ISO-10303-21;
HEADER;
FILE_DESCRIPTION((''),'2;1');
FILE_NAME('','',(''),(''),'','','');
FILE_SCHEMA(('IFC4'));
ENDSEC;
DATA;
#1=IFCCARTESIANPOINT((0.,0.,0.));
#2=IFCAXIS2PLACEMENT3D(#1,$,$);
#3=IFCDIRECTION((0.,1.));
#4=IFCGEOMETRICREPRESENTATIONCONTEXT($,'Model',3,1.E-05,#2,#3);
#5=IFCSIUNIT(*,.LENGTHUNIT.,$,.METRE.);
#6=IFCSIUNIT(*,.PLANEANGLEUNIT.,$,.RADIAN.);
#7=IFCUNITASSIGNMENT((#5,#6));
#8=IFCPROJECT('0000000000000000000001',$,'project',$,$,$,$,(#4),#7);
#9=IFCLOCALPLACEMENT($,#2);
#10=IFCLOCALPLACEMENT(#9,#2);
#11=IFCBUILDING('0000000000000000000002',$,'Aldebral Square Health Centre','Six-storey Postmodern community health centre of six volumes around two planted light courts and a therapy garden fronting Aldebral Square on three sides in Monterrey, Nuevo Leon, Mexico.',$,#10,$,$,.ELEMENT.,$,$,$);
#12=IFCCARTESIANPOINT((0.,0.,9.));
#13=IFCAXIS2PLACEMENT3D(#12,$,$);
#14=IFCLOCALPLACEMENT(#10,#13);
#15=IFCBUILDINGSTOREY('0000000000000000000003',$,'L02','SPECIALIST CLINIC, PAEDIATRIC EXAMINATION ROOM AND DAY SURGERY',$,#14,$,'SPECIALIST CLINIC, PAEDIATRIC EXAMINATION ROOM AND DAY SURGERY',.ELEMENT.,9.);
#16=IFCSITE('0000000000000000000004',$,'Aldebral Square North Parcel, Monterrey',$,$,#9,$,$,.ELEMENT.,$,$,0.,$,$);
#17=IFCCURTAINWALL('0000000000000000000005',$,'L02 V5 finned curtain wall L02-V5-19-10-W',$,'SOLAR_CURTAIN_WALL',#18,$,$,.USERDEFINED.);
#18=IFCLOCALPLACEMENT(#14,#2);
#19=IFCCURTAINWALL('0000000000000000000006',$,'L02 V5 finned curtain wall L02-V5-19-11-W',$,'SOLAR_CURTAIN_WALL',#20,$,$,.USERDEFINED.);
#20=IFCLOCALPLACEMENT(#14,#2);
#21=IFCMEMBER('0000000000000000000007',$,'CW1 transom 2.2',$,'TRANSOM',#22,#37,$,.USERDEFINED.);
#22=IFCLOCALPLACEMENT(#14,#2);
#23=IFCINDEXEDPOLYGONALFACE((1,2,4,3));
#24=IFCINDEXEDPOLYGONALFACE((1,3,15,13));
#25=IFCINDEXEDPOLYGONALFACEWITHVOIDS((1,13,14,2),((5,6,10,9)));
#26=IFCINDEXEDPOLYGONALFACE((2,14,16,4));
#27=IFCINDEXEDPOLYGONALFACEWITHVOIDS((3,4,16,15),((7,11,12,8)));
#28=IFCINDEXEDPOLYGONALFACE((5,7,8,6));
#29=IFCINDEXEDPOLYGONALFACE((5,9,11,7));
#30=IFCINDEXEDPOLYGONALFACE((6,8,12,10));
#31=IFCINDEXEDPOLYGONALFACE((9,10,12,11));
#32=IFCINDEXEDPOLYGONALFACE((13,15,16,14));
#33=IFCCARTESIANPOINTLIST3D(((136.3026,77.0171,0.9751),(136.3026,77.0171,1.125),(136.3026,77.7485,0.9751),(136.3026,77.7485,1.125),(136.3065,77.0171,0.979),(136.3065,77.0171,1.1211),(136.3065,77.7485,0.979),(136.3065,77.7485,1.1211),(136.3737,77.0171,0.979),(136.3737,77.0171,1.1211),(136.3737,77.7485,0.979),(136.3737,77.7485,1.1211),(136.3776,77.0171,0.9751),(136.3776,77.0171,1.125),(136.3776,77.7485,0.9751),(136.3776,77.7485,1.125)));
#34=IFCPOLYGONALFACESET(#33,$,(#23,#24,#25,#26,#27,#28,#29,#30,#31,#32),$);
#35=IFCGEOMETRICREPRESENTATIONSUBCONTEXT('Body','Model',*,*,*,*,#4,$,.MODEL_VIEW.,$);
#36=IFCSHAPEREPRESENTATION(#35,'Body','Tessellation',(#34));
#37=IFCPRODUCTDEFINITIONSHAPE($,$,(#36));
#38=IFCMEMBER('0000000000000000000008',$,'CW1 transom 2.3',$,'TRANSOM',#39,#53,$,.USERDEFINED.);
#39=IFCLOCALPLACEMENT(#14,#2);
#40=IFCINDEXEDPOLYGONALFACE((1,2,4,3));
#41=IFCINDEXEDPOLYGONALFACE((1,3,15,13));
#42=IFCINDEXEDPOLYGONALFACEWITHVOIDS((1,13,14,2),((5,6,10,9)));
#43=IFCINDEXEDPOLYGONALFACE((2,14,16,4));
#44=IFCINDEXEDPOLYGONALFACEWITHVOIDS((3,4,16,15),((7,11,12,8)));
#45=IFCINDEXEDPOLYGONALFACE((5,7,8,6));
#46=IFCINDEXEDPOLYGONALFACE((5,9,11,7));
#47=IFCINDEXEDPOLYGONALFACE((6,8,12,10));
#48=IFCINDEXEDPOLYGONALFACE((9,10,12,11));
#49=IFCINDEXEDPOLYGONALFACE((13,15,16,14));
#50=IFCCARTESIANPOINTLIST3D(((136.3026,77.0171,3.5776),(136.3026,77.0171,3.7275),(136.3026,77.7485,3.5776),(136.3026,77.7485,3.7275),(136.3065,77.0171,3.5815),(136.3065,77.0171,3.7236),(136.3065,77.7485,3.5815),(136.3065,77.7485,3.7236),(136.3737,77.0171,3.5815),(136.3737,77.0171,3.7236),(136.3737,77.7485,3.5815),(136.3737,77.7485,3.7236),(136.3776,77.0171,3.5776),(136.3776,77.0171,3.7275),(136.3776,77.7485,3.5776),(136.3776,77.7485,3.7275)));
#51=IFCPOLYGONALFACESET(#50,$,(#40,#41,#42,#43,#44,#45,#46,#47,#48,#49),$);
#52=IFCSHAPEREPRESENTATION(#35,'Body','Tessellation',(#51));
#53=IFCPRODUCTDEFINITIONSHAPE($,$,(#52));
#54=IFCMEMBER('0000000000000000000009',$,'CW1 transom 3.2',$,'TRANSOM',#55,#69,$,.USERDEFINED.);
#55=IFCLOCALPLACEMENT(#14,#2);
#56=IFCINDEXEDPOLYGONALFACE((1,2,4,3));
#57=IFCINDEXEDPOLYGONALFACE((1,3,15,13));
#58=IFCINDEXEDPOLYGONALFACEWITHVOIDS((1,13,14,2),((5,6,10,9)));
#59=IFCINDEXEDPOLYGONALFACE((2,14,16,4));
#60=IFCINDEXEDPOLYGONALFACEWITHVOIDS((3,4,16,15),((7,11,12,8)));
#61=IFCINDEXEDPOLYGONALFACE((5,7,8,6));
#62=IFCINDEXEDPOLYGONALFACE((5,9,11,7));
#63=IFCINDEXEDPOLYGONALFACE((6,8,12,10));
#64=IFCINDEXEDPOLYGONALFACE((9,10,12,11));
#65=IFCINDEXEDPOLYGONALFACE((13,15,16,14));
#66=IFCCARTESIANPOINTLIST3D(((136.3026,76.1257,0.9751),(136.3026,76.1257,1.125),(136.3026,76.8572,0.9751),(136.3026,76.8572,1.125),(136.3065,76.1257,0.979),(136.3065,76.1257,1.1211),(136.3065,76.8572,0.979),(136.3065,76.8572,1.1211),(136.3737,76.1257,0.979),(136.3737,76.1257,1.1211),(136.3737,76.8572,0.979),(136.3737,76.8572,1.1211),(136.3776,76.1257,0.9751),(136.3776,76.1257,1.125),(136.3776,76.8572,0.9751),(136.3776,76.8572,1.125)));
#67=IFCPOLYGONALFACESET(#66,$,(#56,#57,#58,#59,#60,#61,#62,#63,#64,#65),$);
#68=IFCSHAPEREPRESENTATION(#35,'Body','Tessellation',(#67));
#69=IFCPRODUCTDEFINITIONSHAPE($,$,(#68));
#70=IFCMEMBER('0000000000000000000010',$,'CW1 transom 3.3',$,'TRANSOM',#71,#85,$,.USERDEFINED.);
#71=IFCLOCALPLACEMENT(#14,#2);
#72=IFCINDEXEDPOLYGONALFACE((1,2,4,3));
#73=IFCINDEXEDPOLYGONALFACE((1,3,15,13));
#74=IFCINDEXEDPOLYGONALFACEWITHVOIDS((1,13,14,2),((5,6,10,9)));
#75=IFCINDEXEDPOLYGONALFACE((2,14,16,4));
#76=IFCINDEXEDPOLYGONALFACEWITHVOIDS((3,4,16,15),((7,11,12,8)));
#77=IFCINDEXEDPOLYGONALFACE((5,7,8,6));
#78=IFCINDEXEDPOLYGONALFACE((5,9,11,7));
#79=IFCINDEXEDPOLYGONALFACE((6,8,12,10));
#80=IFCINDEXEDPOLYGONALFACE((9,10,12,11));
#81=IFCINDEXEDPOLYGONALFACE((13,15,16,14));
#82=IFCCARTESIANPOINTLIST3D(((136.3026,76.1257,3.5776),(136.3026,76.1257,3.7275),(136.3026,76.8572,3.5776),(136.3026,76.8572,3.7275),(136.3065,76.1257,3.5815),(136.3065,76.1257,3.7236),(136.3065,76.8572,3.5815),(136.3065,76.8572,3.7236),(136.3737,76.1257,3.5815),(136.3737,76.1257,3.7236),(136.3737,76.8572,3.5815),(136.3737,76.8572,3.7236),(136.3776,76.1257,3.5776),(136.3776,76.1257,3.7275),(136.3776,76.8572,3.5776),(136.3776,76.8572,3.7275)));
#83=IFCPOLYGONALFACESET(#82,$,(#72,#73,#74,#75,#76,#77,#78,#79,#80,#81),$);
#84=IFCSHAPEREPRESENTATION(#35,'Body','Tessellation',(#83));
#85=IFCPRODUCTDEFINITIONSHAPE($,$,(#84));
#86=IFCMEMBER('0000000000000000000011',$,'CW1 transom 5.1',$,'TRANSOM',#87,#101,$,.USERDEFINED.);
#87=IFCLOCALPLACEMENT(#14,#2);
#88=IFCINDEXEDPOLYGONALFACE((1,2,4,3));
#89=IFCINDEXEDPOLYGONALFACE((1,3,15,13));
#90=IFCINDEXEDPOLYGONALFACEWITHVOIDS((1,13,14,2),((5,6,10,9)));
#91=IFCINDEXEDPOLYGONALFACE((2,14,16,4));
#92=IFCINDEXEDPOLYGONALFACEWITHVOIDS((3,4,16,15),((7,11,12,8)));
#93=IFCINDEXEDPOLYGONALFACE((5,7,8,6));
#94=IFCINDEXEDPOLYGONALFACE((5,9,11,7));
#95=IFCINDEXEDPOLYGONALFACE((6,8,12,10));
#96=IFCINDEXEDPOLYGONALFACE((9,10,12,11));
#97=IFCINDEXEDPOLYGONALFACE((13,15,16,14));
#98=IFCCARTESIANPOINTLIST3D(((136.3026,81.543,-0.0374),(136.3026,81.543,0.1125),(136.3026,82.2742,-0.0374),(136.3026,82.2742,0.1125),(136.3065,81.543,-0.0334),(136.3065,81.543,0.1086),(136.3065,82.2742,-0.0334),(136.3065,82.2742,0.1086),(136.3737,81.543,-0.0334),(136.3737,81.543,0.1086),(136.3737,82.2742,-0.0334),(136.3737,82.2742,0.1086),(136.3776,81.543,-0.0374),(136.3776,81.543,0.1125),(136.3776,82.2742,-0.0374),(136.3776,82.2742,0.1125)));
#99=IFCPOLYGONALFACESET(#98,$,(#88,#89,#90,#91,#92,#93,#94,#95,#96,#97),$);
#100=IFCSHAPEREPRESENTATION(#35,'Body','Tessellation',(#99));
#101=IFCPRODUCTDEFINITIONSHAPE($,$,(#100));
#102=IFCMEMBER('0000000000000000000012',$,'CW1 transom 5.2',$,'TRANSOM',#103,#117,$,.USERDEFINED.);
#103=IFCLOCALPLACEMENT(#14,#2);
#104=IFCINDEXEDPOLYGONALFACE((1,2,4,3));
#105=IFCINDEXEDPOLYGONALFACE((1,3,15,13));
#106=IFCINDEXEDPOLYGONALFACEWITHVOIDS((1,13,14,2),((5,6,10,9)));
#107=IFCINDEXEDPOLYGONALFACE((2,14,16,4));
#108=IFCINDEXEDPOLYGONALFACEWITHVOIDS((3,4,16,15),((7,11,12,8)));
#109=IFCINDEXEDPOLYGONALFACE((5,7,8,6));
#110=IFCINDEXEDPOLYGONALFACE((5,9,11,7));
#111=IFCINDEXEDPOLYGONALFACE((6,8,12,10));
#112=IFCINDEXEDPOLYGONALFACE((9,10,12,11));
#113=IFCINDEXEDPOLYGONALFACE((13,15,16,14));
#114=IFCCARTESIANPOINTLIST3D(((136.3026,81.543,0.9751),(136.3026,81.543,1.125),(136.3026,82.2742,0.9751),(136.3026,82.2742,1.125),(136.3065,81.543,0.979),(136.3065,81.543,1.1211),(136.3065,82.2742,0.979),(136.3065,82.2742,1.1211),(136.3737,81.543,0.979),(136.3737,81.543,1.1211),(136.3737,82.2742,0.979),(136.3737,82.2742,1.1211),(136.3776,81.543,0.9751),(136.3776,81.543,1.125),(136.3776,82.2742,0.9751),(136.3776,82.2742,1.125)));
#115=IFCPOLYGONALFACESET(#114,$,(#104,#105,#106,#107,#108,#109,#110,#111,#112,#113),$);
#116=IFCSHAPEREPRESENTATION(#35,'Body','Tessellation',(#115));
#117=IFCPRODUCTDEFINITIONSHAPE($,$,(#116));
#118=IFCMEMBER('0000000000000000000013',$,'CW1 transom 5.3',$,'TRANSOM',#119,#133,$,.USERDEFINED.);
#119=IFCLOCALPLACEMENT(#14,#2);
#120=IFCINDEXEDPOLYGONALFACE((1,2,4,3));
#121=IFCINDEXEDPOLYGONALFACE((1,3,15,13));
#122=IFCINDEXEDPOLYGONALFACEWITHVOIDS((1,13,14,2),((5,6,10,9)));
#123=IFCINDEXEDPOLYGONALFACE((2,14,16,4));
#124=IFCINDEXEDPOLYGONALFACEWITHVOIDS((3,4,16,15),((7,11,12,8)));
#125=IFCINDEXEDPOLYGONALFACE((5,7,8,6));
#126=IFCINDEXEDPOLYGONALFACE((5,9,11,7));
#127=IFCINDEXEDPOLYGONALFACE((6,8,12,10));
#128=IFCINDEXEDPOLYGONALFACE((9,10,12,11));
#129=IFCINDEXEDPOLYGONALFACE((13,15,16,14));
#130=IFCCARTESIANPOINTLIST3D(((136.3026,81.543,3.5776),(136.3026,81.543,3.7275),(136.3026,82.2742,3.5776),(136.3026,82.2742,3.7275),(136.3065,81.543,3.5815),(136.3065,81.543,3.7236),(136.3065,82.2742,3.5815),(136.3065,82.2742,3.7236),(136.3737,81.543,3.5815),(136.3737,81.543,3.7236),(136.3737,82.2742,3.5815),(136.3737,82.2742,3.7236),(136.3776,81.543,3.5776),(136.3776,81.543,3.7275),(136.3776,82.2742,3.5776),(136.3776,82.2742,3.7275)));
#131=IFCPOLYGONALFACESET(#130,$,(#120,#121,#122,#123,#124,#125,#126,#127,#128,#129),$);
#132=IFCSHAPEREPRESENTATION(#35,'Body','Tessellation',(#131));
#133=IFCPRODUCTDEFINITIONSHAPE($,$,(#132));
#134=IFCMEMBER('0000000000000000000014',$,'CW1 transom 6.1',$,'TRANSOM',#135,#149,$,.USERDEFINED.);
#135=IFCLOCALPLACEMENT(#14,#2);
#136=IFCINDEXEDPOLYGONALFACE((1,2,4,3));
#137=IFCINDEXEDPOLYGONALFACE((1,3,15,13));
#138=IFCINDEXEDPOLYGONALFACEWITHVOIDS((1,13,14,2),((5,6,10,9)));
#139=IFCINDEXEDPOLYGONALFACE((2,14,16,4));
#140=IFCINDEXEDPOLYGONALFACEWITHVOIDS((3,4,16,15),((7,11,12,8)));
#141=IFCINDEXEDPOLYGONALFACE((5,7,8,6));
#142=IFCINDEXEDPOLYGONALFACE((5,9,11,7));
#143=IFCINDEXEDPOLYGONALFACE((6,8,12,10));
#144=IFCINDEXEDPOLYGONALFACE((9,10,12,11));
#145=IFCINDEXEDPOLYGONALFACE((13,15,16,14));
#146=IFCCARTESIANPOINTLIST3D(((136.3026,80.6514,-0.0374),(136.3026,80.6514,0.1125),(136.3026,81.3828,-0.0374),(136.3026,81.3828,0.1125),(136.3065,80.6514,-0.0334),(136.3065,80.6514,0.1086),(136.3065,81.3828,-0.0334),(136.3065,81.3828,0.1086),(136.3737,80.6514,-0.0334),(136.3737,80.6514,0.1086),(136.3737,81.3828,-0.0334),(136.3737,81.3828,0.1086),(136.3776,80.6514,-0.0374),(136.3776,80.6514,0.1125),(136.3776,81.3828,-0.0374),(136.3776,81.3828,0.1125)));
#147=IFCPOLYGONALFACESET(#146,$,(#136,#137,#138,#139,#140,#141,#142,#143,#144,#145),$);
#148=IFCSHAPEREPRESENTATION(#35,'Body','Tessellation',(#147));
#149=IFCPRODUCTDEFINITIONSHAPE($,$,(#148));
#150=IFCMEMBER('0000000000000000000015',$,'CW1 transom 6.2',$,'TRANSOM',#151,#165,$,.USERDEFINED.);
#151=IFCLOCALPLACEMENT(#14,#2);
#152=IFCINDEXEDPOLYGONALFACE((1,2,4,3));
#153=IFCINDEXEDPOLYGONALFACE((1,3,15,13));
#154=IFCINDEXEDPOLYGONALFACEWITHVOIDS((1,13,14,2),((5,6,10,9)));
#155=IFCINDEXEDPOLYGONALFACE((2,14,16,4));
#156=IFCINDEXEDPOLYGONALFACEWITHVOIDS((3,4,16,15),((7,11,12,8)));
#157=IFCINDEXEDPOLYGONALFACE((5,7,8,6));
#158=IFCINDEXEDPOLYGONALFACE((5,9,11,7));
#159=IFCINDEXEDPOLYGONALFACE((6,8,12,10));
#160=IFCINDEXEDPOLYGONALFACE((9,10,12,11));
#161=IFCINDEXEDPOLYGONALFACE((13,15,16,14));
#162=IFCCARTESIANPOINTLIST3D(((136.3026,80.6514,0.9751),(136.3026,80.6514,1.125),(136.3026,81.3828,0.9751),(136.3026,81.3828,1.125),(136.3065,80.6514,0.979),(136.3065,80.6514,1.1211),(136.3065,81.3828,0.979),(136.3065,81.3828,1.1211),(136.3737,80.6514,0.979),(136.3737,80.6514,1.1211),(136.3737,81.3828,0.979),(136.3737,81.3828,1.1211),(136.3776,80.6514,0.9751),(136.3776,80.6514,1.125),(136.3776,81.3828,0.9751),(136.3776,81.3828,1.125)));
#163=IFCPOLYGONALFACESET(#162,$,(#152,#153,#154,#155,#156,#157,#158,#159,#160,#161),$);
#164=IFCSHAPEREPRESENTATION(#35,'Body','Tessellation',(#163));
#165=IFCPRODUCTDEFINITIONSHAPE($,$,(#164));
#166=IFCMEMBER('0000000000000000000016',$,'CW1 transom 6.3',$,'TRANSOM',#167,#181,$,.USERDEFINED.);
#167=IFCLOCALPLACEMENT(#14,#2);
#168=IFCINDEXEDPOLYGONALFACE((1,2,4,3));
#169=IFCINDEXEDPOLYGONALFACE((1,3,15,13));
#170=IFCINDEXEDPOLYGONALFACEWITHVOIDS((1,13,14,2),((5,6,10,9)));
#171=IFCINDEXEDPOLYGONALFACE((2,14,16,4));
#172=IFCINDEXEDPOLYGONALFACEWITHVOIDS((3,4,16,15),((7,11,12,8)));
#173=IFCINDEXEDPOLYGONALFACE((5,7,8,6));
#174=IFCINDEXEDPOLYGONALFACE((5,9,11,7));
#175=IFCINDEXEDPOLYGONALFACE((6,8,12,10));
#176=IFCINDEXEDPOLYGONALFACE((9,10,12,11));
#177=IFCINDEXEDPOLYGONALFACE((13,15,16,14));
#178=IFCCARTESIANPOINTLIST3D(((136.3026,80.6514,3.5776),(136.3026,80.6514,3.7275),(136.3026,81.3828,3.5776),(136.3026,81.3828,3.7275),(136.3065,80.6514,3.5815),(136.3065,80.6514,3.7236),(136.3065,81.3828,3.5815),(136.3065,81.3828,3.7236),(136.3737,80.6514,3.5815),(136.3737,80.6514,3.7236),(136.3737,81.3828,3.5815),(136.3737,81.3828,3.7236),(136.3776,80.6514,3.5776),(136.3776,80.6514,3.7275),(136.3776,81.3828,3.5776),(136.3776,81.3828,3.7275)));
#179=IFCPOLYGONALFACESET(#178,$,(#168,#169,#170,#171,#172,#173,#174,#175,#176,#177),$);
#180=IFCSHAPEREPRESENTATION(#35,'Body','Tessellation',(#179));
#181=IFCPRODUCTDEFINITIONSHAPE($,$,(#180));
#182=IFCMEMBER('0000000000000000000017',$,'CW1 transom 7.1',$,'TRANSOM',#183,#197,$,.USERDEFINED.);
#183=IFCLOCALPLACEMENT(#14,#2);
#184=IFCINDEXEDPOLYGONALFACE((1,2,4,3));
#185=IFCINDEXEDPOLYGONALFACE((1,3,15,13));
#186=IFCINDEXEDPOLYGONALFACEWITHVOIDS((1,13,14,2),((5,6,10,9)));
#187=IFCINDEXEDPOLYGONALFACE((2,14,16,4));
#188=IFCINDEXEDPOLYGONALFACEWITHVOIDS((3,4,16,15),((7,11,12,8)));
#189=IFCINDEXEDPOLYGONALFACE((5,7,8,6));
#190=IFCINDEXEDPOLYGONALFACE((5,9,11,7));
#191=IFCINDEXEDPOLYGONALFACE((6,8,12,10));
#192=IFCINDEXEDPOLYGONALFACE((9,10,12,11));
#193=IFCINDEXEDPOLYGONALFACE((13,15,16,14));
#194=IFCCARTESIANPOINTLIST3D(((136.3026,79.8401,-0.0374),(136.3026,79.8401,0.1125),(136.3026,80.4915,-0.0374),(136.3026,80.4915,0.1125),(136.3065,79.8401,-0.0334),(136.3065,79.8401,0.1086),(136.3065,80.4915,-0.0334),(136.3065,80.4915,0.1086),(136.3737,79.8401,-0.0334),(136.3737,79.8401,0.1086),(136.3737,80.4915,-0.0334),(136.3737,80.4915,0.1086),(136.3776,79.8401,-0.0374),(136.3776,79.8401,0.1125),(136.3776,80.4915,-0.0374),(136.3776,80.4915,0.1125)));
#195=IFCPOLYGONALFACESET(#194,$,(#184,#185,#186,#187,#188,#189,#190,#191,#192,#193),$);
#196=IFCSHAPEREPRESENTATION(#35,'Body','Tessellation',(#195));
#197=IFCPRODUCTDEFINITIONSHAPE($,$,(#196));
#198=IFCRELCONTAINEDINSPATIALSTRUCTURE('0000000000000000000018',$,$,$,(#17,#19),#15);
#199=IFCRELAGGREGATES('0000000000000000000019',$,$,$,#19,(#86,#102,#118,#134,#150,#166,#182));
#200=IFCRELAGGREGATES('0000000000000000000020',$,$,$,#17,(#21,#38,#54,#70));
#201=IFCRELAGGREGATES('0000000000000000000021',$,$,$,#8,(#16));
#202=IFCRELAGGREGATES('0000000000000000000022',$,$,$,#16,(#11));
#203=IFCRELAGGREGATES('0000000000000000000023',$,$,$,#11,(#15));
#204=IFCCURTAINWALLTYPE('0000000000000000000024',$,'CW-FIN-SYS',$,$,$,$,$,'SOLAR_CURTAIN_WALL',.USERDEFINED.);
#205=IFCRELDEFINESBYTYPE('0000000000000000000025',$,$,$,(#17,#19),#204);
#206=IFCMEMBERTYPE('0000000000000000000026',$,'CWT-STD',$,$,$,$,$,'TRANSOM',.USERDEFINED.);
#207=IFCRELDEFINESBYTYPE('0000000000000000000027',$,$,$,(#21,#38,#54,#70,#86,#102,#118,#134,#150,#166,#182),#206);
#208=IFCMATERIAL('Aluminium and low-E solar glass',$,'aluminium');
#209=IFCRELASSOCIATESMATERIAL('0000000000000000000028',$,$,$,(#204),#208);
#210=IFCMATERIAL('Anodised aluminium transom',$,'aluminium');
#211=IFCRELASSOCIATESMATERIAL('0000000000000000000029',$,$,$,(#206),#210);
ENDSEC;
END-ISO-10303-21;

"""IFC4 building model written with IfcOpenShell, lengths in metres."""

from ifc_helpers import new_model, si_unit, direction, frame, origin, origin_2d, place, context, subcontext, project, spatial, hollow_rectangle, extrude, material, material_profile, profile_set, type_object, element, aggregate, save


model = new_model("IFC4")

# Units and contexts
model_context = context("Model", 3, precision=1e-05, world=origin(), true_north=direction((0.0, 1.0)))
body_context = subcontext(model_context, "Body", "Model", "MODEL_VIEW")
ifc_project = project(units=[si_unit("LENGTHUNIT", "METRE"), si_unit("PLANEANGLEUNIT", "RADIAN")], contexts=[model_context])

# Site, building, storey
site_placement = place(None, origin())
site = spatial("IfcSite", under=ifc_project, at=site_placement, Name="Aldebral Square North Parcel, Monterrey", CompositionType="ELEMENT", RefElevation=0.0)
building_placement = place(site_placement, origin())
building = spatial("IfcBuilding", under=site, at=building_placement, Name="Aldebral Square Health Centre", Description="Six-storey Postmodern community health centre of six volumes around two planted light courts and a therapy garden fronting Aldebral Square on three sides in Monterrey, Nuevo Leon, Mexico.", CompositionType="ELEMENT")
storey_placement = place(building_placement, frame((0.0, 0.0, 9.0)))
storey = spatial("IfcBuildingStorey", under=building, at=storey_placement, Name="L02", Description="SPECIALIST CLINIC, PAEDIATRIC EXAMINATION ROOM AND DAY SURGERY", LongName="SPECIALIST CLINIC, PAEDIATRIC EXAMINATION ROOM AND DAY SURGERY", CompositionType="ELEMENT", Elevation=9.0)

# Curtain walls
ifc_material_1 = material(Name="Aluminium and low-E solar glass", Category="aluminium")
curtain_wall_type = type_object("IfcCurtainWallType", Name="CW-FIN-SYS", ElementType="SOLAR_CURTAIN_WALL", PredefinedType="USERDEFINED", material=ifc_material_1)
curtain_wall_1_placement = place(storey_placement, origin())
curtain_wall_1 = element("IfcCurtainWall", 1, at=curtain_wall_1_placement, inside=storey, type_object=curtain_wall_type, Name="L02 V5 finned curtain wall L02-V5-19-10-W", ObjectType="SOLAR_CURTAIN_WALL", PredefinedType="USERDEFINED")
curtain_wall_2_placement = place(storey_placement, origin())
curtain_wall_2 = element("IfcCurtainWall", 2, at=curtain_wall_2_placement, inside=storey, type_object=curtain_wall_type, Name="L02 V5 finned curtain wall L02-V5-19-11-W", ObjectType="SOLAR_CURTAIN_WALL", PredefinedType="USERDEFINED")

# Members
ifc_material_2 = material(Name="Anodised aluminium transom", Category="aluminium")
ifc_material_profile_1 = material_profile(ifc_material_2, hollow_rectangle(XDim=0.075, YDim=0.1499, WallThickness=0.0039, at=origin_2d()), Name="CWT 75x150x4")
ifc_profile_set_1 = profile_set([ifc_material_profile_1], Name="Anodised aluminium transom")
member_type_1 = type_object("IfcMemberType", Name="CWT-STD", ElementType="TRANSOM", PredefinedType="USERDEFINED", material=ifc_profile_set_1)
member_1_placement = place(storey_placement, frame((136.3401, 77.7485, 1.05), z_axis=(0.0, -1.0, 0.0), x_axis=(1.0, 0.0, 0.0)))
member_1 = element("IfcMember", 3, at=member_1_placement, type_object=member_type_1, Name="CW1 transom 2.2", ObjectType="TRANSOM", PredefinedType="USERDEFINED", context=body_context, shape_type="SweptSolid", body=[
    extrude(hollow_rectangle(XDim=0.075, YDim=0.1499, WallThickness=0.0039, at=origin_2d()), origin(), (0.0, 0.0, 1.0), 0.7314),
])
member_2_placement = place(storey_placement, frame((136.3401, 77.7485, 3.6526), z_axis=(0.0, -1.0, 0.0), x_axis=(1.0, 0.0, 0.0)))
member_2 = element("IfcMember", 4, at=member_2_placement, type_object=member_type_1, Name="CW1 transom 2.3", ObjectType="TRANSOM", PredefinedType="USERDEFINED", context=body_context, shape_type="SweptSolid", body=[
    extrude(hollow_rectangle(XDim=0.075, YDim=0.1499, WallThickness=0.0039, at=origin_2d()), origin(), (0.0, 0.0, 1.0), 0.7314),
])
member_3_placement = place(storey_placement, frame((136.3401, 76.8572, 1.05), z_axis=(0.0, -1.0, 0.0), x_axis=(1.0, 0.0, 0.0)))
member_3 = element("IfcMember", 5, at=member_3_placement, type_object=member_type_1, Name="CW1 transom 3.2", ObjectType="TRANSOM", PredefinedType="USERDEFINED", context=body_context, shape_type="SweptSolid", body=[
    extrude(hollow_rectangle(XDim=0.075, YDim=0.1499, WallThickness=0.0039, at=origin_2d()), origin(), (0.0, 0.0, 1.0), 0.7314),
])
member_4_placement = place(storey_placement, frame((136.3401, 76.8572, 3.6526), z_axis=(0.0, -1.0, 0.0), x_axis=(1.0, 0.0, 0.0)))
member_4 = element("IfcMember", 6, at=member_4_placement, type_object=member_type_1, Name="CW1 transom 3.3", ObjectType="TRANSOM", PredefinedType="USERDEFINED", context=body_context, shape_type="SweptSolid", body=[
    extrude(hollow_rectangle(XDim=0.075, YDim=0.1499, WallThickness=0.0039, at=origin_2d()), origin(), (0.0, 0.0, 1.0), 0.7314),
])
member_5_placement = place(storey_placement, frame((136.3401, 82.2742, 0.0376), z_axis=(0.0, -1.0, 0.0), x_axis=(1.0, 0.0, 0.0)))
member_5 = element("IfcMember", 7, at=member_5_placement, type_object=member_type_1, Name="CW1 transom 5.1", ObjectType="TRANSOM", PredefinedType="USERDEFINED", context=body_context, shape_type="SweptSolid", body=[
    extrude(hollow_rectangle(XDim=0.075, YDim=0.1499, WallThickness=0.0039, at=origin_2d()), origin(), (0.0, 0.0, 1.0), 0.7312),
])
member_6_placement = place(storey_placement, frame((136.3401, 82.2742, 1.05), z_axis=(0.0, -1.0, 0.0), x_axis=(1.0, 0.0, 0.0)))
member_6 = element("IfcMember", 8, at=member_6_placement, type_object=member_type_1, Name="CW1 transom 5.2", ObjectType="TRANSOM", PredefinedType="USERDEFINED", context=body_context, shape_type="SweptSolid", body=[
    extrude(hollow_rectangle(XDim=0.075, YDim=0.1499, WallThickness=0.0039, at=origin_2d()), origin(), (0.0, 0.0, 1.0), 0.7312),
])
member_7_placement = place(storey_placement, frame((136.3401, 82.2742, 3.6526), z_axis=(0.0, -1.0, 0.0), x_axis=(1.0, 0.0, 0.0)))
member_7 = element("IfcMember", 9, at=member_7_placement, type_object=member_type_1, Name="CW1 transom 5.3", ObjectType="TRANSOM", PredefinedType="USERDEFINED", context=body_context, shape_type="SweptSolid", body=[
    extrude(hollow_rectangle(XDim=0.075, YDim=0.1499, WallThickness=0.0039, at=origin_2d()), origin(), (0.0, 0.0, 1.0), 0.7312),
])
member_8_placement = place(storey_placement, frame((136.3401, 81.3828, 0.0376), z_axis=(0.0, -1.0, 0.0), x_axis=(1.0, 0.0, 0.0)))
member_8 = element("IfcMember", 10, at=member_8_placement, type_object=member_type_1, Name="CW1 transom 6.1", ObjectType="TRANSOM", PredefinedType="USERDEFINED", context=body_context, shape_type="SweptSolid", body=[
    extrude(hollow_rectangle(XDim=0.075, YDim=0.1499, WallThickness=0.0039, at=origin_2d()), origin(), (0.0, 0.0, 1.0), 0.7314),
])
member_9_placement = place(storey_placement, frame((136.3401, 81.3828, 1.05), z_axis=(0.0, -1.0, 0.0), x_axis=(1.0, 0.0, 0.0)))
member_9 = element("IfcMember", 11, at=member_9_placement, type_object=member_type_1, Name="CW1 transom 6.2", ObjectType="TRANSOM", PredefinedType="USERDEFINED", context=body_context, shape_type="SweptSolid", body=[
    extrude(hollow_rectangle(XDim=0.075, YDim=0.1499, WallThickness=0.0039, at=origin_2d()), origin(), (0.0, 0.0, 1.0), 0.7314),
])
member_10_placement = place(storey_placement, frame((136.3401, 81.3828, 3.6526), z_axis=(0.0, -1.0, 0.0), x_axis=(1.0, 0.0, 0.0)))
member_10 = element("IfcMember", 12, at=member_10_placement, type_object=member_type_1, Name="CW1 transom 6.3", ObjectType="TRANSOM", PredefinedType="USERDEFINED", context=body_context, shape_type="SweptSolid", body=[
    extrude(hollow_rectangle(XDim=0.075, YDim=0.1499, WallThickness=0.0039, at=origin_2d()), origin(), (0.0, 0.0, 1.0), 0.7314),
])
member_11_placement = place(storey_placement, frame((136.3401, 80.4915, 0.0376), z_axis=(0.0, -1.0, 0.0), x_axis=(1.0, 0.0, 0.0)))
member_11 = element("IfcMember", 13, at=member_11_placement, type_object=member_type_1, Name="CW1 transom 7.1", ObjectType="TRANSOM", PredefinedType="USERDEFINED", context=body_context, shape_type="SweptSolid", body=[
    extrude(hollow_rectangle(XDim=0.075, YDim=0.1499, WallThickness=0.0039, at=origin_2d()), origin(), (0.0, 0.0, 1.0), 0.6514),
])

aggregate(curtain_wall_2, [member_5, member_6, member_7, member_8, member_9, member_10, member_11])
aggregate(curtain_wall_1, [member_1, member_2, member_3, member_4])

save(model, "model.ifc")
